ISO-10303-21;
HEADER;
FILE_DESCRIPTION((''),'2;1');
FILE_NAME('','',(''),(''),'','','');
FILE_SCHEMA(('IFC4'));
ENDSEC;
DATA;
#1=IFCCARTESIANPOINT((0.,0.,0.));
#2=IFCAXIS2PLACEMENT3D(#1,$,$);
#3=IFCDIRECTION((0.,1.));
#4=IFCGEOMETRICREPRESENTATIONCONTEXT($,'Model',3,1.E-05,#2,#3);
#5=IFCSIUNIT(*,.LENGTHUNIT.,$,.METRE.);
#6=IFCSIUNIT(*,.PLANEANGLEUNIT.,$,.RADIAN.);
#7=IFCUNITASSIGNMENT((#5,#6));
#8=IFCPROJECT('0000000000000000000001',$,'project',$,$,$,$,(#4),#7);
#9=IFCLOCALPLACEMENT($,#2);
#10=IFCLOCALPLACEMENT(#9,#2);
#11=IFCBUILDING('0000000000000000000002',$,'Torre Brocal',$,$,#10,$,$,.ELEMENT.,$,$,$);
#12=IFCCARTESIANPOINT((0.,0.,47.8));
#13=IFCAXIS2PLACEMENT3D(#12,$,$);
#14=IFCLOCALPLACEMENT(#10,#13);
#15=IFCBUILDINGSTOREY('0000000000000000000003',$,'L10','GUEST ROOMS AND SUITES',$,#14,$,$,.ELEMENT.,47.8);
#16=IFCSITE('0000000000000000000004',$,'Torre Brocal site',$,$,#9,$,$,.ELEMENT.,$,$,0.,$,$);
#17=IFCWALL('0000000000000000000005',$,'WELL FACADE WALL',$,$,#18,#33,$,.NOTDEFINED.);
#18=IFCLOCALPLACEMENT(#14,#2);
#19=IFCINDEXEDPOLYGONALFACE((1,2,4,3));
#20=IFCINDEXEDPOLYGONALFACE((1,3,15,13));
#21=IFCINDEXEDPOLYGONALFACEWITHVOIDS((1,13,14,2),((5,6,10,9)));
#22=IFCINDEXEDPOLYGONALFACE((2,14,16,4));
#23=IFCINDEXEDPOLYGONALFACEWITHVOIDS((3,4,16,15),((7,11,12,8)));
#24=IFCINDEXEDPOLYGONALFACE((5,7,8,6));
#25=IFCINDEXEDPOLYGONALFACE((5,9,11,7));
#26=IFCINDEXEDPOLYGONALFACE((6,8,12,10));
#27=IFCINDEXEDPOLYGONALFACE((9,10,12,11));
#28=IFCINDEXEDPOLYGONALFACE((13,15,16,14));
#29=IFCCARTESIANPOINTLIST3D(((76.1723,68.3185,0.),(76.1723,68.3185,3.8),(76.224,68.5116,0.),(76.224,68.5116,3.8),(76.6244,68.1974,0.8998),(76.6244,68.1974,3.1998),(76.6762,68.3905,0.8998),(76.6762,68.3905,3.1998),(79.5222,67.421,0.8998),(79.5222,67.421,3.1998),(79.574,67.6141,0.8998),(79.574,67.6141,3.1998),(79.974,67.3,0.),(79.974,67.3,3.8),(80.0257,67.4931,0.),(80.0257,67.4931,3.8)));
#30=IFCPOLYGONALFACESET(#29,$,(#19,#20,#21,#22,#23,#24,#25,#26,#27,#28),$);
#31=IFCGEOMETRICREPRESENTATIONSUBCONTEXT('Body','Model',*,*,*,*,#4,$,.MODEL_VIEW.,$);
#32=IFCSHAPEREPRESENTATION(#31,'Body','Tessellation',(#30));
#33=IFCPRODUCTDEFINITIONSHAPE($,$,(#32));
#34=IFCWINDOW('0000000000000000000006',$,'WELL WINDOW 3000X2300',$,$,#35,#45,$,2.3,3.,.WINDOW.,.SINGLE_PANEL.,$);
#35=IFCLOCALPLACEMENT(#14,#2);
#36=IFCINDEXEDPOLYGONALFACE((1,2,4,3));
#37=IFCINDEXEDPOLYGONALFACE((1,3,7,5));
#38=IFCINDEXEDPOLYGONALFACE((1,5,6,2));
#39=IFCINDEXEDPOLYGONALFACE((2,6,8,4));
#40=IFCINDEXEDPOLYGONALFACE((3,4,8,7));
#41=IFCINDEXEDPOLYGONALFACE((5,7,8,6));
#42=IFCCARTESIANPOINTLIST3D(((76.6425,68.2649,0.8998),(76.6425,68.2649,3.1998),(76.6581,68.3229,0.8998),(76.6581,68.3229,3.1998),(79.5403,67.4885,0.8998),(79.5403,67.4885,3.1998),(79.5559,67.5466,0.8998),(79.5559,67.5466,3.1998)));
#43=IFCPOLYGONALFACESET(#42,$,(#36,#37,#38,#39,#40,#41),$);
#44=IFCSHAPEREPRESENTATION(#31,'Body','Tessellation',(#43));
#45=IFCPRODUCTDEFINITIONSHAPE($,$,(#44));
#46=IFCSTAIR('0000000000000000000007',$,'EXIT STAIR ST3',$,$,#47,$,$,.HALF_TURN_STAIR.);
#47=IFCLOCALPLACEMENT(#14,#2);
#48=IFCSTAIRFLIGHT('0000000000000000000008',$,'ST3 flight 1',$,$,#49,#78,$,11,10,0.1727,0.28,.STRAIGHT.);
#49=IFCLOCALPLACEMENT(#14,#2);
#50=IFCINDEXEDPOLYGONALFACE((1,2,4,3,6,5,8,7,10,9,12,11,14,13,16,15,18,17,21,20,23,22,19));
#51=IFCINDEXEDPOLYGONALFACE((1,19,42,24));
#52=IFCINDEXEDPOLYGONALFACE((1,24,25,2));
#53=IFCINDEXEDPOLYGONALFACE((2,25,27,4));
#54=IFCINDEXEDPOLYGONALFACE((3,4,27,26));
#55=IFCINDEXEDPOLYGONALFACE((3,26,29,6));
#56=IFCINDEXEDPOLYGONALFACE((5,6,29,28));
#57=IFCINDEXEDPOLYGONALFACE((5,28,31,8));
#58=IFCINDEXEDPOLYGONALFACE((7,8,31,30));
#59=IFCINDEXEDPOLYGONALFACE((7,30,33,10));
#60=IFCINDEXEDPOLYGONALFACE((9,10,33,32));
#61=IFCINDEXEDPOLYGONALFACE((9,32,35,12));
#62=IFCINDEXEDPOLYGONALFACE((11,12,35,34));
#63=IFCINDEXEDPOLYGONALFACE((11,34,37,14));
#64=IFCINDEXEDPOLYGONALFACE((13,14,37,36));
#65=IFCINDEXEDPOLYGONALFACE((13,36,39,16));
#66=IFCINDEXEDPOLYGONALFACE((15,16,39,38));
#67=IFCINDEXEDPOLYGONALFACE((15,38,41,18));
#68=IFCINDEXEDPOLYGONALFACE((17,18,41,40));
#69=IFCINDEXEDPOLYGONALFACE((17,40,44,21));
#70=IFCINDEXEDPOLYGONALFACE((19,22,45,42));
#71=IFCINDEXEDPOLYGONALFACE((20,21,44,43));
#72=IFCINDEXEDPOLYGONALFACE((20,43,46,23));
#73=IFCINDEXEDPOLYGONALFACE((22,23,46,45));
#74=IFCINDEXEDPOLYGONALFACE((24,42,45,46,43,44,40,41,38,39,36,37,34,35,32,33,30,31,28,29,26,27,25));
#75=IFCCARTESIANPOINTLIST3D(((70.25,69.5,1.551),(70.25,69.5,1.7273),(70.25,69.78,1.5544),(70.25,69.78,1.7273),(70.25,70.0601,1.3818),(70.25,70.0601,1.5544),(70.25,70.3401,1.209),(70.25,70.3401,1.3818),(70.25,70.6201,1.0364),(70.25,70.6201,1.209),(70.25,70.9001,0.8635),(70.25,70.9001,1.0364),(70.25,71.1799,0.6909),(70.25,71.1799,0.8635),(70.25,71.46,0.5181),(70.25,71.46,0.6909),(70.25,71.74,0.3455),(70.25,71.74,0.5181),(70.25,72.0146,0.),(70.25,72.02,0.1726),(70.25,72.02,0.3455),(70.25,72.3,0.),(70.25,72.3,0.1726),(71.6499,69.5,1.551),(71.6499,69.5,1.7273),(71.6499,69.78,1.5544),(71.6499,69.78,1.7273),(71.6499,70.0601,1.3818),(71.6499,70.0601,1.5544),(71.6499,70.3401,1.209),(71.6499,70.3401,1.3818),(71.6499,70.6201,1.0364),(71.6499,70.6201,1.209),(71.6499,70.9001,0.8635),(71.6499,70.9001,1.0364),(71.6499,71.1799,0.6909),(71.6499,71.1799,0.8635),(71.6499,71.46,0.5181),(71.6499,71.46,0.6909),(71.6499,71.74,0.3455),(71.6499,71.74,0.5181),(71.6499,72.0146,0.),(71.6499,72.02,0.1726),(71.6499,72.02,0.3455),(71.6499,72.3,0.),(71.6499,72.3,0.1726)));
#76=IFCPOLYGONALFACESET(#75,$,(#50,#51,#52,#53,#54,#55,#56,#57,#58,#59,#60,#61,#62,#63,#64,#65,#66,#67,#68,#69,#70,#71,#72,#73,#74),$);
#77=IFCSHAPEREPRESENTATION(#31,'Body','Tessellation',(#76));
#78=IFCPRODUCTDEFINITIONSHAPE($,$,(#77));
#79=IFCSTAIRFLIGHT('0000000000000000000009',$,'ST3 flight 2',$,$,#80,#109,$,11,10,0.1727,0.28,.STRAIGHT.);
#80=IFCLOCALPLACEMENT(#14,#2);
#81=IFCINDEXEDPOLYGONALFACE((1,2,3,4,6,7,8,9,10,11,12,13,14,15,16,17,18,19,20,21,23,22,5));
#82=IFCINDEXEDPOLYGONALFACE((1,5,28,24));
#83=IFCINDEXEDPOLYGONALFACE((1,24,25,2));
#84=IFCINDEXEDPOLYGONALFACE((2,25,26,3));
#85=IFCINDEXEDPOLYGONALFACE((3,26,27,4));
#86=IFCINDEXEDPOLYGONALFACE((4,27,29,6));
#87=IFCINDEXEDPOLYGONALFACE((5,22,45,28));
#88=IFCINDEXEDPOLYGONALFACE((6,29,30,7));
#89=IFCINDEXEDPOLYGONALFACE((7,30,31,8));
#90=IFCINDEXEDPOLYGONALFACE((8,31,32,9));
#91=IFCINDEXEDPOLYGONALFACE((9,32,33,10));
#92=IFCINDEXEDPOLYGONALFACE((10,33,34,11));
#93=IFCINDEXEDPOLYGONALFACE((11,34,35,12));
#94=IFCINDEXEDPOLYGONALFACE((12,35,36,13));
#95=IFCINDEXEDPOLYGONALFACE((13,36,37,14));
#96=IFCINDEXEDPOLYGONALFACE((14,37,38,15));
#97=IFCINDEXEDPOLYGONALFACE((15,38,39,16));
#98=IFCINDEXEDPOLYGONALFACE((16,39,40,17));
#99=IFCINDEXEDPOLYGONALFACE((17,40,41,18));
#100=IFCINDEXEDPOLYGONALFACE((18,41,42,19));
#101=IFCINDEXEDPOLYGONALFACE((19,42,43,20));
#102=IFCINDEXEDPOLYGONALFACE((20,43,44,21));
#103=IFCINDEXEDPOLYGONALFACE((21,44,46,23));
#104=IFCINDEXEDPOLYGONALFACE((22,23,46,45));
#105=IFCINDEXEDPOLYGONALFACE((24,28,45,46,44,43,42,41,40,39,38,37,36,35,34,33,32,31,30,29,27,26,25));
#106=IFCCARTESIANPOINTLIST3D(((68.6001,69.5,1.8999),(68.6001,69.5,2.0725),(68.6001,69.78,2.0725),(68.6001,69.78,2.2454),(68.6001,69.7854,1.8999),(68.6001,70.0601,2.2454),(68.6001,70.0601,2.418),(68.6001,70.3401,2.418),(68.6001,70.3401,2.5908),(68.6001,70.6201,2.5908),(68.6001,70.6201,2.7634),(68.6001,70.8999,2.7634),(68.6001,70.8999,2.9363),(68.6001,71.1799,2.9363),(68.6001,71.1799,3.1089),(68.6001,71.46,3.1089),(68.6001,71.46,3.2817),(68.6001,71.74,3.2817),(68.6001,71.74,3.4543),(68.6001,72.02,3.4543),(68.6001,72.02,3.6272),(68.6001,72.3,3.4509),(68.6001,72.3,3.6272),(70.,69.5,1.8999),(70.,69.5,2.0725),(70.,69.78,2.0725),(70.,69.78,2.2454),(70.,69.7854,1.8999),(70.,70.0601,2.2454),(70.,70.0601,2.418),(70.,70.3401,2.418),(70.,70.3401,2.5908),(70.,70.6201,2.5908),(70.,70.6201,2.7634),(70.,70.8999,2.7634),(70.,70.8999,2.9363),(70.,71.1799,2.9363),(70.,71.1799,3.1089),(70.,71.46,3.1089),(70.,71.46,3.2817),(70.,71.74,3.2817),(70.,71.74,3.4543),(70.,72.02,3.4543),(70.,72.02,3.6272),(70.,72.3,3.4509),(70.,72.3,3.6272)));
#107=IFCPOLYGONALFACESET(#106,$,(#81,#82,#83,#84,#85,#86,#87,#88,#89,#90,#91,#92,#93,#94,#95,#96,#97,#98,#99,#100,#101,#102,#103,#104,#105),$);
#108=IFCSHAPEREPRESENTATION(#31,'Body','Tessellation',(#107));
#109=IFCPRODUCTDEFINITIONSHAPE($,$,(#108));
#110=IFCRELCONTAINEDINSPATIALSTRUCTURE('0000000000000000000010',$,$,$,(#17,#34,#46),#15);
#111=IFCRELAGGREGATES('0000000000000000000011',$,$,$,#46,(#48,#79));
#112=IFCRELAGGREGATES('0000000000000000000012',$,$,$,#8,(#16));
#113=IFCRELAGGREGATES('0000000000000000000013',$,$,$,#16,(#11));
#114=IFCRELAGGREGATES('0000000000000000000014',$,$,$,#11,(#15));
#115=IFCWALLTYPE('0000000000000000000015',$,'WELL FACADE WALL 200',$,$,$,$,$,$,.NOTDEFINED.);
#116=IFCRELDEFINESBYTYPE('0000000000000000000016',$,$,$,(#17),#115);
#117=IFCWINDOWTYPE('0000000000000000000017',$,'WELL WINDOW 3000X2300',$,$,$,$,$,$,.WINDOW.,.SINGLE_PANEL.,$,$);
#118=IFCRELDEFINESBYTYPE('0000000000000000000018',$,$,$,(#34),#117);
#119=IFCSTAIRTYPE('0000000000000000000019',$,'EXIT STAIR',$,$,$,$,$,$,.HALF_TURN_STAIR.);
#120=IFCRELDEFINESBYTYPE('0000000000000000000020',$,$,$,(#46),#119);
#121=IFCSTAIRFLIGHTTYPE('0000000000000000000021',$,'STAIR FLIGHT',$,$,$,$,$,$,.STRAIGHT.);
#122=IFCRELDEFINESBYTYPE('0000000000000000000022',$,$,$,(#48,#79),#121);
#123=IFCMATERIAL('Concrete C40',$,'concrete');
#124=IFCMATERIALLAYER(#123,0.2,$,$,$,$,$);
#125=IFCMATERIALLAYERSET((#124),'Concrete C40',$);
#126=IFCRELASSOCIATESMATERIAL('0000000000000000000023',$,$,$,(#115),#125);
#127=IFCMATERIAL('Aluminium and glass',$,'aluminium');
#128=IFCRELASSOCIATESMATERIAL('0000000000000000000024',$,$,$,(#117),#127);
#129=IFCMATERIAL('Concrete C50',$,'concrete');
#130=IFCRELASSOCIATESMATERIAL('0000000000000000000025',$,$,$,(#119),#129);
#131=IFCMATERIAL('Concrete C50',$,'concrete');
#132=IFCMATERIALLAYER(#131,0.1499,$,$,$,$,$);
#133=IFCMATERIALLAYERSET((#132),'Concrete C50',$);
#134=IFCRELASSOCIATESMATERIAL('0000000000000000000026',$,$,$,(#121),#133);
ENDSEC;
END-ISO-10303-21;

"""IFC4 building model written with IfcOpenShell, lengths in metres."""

from ifc_helpers import new_model, si_unit, direction, frame, frame_2d, origin, place, context, subcontext, project, spatial, polyline, rectangle, outline, extrude, material, layer, layer_set, type_object, element, fill, aggregate, save


model = new_model("IFC4")

# Units and contexts
model_context = context("Model", 3, precision=1e-05, world=origin(), true_north=direction((0.0, 1.0)))
body_context = subcontext(model_context, "Body", "Model", "MODEL_VIEW")
ifc_project = project(units=[si_unit("LENGTHUNIT", "METRE"), si_unit("PLANEANGLEUNIT", "RADIAN")], contexts=[model_context])

# Site, building, storey
site_placement = place(None, origin())
site = spatial("IfcSite", under=ifc_project, at=site_placement, Name="Torre Brocal site", CompositionType="ELEMENT", RefElevation=0.0)
building_placement = place(site_placement, origin())
building = spatial("IfcBuilding", under=site, at=building_placement, Name="Torre Brocal", CompositionType="ELEMENT")
storey_placement = place(building_placement, frame((0.0, 0.0, 47.8)))
storey = spatial("IfcBuildingStorey", under=building, at=storey_placement, Name="L10", Description="GUEST ROOMS AND SUITES", CompositionType="ELEMENT", Elevation=47.8)

# Wall, opening, window
ifc_material_1 = material(Name="Concrete C40", Category="concrete")
ifc_layer_1 = layer(ifc_material_1, 0.2)
ifc_layer_set_1 = layer_set([ifc_layer_1], Name="Concrete C40")
wall_type_1 = type_object("IfcWallType", Name="WELL FACADE WALL 200", PredefinedType="NOTDEFINED", material=ifc_layer_set_1)
ifc_material_2 = material(Name="Aluminium and glass", Category="aluminium")
window_type = type_object("IfcWindowType", Name="WELL WINDOW 3000X2300", PartitioningType="SINGLE_PANEL", PredefinedType="WINDOW", material=ifc_material_2)
wall_1_placement = place(storey_placement, frame((76.1982, 68.415, 0.0), z_axis=(0.0, 0.0, 1.0), x_axis=(0.965934, -0.25879, 0.0)))
wall_1 = element("IfcWall", 1, at=wall_1_placement, inside=storey, type_object=wall_type_1, Name="WELL FACADE WALL", PredefinedType="NOTDEFINED", context=body_context, shape_type="SweptSolid", body=[
    extrude(rectangle(XDim=3.9358, YDim=0.2, at=frame_2d((1.9678, 0.0))), origin(), (0.0, 0.0, 1.0), 3.8),
])
opening_1_placement = place(wall_1_placement, frame((0.468, 0.0, 0.8999)))
opening_1 = element("IfcOpeningElement", 2, at=opening_1_placement, cuts=wall_1, PredefinedType="OPENING", context=body_context, shape_type="SweptSolid", body=[
    extrude(rectangle(XDim=3.0, YDim=2.3, at=frame_2d((1.5, 1.1499))), frame((0.0, 0.1099, 0.0), z_axis=(0.0, -1.0, 0.0), x_axis=(1.0, 0.0, 0.0)), (0.0, 0.0, 1.0), 0.22),
])
window_1_placement = place(opening_1_placement, origin())
window_1 = element("IfcWindow", 3, at=window_1_placement, inside=storey, type_object=window_type, Name="WELL WINDOW 3000X2300", OverallHeight=2.3, OverallWidth=3.0, PartitioningType="SINGLE_PANEL", PredefinedType="WINDOW", context=body_context, shape_type="SweptSolid", body=[
    extrude(rectangle(XDim=3.0, YDim=2.3, at=frame_2d((1.5, 1.1499))), frame((0.0, 0.03, 0.0), z_axis=(0.0, -1.0, 0.0), x_axis=(1.0, 0.0, 0.0)), (0.0, 0.0, 1.0), 0.0601),
])
fill(opening_1, window_1)

# Stair, stair flights
ifc_material_3 = material(Name="Concrete C50", Category="concrete")
stair_type = type_object("IfcStairType", Name="EXIT STAIR", PredefinedType="HALF_TURN_STAIR", material=ifc_material_3)
stair_placement = place(storey_placement, origin())
stair = element("IfcStair", 4, at=stair_placement, inside=storey, type_object=stair_type, Name="EXIT STAIR ST3", PredefinedType="HALF_TURN_STAIR")
ifc_material_4 = material(Name="Concrete C50", Category="concrete")
ifc_layer_2 = layer(ifc_material_4, 0.1499)
ifc_layer_set_2 = layer_set([ifc_layer_2], Name="Concrete C50")
stair_flight_type = type_object("IfcStairFlightType", Name="STAIR FLIGHT", PredefinedType="STRAIGHT", material=ifc_layer_set_2)
stair_flight_1_placement = place(storey_placement, frame((70.95, 72.3, 0.0), z_axis=(0.0, 0.0, 1.0), x_axis=(0.0, -1.0, 0.0)))
stair_flight_1 = element("IfcStairFlight", 5, at=stair_flight_1_placement, type_object=stair_flight_type, Name="ST3 flight 1", NumberOfRisers=11, NumberOfTreads=10, PredefinedType="STRAIGHT", RiserHeight=0.1727, TreadLength=0.28, context=body_context, shape_type="SweptSolid", body=[
    extrude(outline(polyline([(0.0, 0.0), (0.0, 0.1726), (0.28, 0.1726), (0.28, 0.3455), (0.5601, 0.3455), (0.5601, 0.5181), (0.8401, 0.5181), (0.8401, 0.6909), (1.1201, 0.6909), (1.1201, 0.8635), (1.3999, 0.8635), (1.3999, 1.0364), (1.6799, 1.0364), (1.6799, 1.209), (1.96, 1.209), (1.96, 1.3818), (2.24, 1.3818), (2.24, 1.5544), (2.52, 1.5544), (2.52, 1.7273), (2.8, 1.7273), (2.8, 1.8999), (2.8, 1.551), (0.2854, 0.0), (0.0, 0.0)])), frame((0.0, 0.7, 0.0), z_axis=(0.0, -1.0, 0.0), x_axis=(1.0, 0.0, 0.0)), (0.0, 0.0, 1.0), 1.3999),
])
stair_flight_2_placement = place(storey_placement, frame((69.3, 69.5, 1.8999), z_axis=(0.0, 0.0, 1.0), x_axis=(0.0, 1.0, 0.0)))
stair_flight_2 = element("IfcStairFlight", 6, at=stair_flight_2_placement, type_object=stair_flight_type, Name="ST3 flight 2", NumberOfRisers=11, NumberOfTreads=10, PredefinedType="STRAIGHT", RiserHeight=0.1727, TreadLength=0.28, context=body_context, shape_type="SweptSolid", body=[
    extrude(outline(polyline([(0.0, 0.0), (0.0, 0.1726), (0.28, 0.1726), (0.28, 0.3455), (0.5601, 0.3455), (0.5601, 0.5181), (0.8401, 0.5181), (0.8401, 0.6909), (1.1201, 0.6909), (1.1201, 0.8635), (1.3999, 0.8635), (1.3999, 1.0364), (1.6799, 1.0364), (1.6799, 1.209), (1.96, 1.209), (1.96, 1.3818), (2.24, 1.3818), (2.24, 1.5544), (2.52, 1.5544), (2.52, 1.7273), (2.8, 1.7273), (2.8, 1.8999), (2.8, 1.551), (0.2854, 0.0), (0.0, 0.0)])), frame((0.0, 0.7, 0.0), z_axis=(0.0, -1.0, 0.0), x_axis=(1.0, 0.0, 0.0)), (0.0, 0.0, 1.0), 1.3999),
])
aggregate(stair, [stair_flight_1, stair_flight_2])

save(model, "model.ifc")
